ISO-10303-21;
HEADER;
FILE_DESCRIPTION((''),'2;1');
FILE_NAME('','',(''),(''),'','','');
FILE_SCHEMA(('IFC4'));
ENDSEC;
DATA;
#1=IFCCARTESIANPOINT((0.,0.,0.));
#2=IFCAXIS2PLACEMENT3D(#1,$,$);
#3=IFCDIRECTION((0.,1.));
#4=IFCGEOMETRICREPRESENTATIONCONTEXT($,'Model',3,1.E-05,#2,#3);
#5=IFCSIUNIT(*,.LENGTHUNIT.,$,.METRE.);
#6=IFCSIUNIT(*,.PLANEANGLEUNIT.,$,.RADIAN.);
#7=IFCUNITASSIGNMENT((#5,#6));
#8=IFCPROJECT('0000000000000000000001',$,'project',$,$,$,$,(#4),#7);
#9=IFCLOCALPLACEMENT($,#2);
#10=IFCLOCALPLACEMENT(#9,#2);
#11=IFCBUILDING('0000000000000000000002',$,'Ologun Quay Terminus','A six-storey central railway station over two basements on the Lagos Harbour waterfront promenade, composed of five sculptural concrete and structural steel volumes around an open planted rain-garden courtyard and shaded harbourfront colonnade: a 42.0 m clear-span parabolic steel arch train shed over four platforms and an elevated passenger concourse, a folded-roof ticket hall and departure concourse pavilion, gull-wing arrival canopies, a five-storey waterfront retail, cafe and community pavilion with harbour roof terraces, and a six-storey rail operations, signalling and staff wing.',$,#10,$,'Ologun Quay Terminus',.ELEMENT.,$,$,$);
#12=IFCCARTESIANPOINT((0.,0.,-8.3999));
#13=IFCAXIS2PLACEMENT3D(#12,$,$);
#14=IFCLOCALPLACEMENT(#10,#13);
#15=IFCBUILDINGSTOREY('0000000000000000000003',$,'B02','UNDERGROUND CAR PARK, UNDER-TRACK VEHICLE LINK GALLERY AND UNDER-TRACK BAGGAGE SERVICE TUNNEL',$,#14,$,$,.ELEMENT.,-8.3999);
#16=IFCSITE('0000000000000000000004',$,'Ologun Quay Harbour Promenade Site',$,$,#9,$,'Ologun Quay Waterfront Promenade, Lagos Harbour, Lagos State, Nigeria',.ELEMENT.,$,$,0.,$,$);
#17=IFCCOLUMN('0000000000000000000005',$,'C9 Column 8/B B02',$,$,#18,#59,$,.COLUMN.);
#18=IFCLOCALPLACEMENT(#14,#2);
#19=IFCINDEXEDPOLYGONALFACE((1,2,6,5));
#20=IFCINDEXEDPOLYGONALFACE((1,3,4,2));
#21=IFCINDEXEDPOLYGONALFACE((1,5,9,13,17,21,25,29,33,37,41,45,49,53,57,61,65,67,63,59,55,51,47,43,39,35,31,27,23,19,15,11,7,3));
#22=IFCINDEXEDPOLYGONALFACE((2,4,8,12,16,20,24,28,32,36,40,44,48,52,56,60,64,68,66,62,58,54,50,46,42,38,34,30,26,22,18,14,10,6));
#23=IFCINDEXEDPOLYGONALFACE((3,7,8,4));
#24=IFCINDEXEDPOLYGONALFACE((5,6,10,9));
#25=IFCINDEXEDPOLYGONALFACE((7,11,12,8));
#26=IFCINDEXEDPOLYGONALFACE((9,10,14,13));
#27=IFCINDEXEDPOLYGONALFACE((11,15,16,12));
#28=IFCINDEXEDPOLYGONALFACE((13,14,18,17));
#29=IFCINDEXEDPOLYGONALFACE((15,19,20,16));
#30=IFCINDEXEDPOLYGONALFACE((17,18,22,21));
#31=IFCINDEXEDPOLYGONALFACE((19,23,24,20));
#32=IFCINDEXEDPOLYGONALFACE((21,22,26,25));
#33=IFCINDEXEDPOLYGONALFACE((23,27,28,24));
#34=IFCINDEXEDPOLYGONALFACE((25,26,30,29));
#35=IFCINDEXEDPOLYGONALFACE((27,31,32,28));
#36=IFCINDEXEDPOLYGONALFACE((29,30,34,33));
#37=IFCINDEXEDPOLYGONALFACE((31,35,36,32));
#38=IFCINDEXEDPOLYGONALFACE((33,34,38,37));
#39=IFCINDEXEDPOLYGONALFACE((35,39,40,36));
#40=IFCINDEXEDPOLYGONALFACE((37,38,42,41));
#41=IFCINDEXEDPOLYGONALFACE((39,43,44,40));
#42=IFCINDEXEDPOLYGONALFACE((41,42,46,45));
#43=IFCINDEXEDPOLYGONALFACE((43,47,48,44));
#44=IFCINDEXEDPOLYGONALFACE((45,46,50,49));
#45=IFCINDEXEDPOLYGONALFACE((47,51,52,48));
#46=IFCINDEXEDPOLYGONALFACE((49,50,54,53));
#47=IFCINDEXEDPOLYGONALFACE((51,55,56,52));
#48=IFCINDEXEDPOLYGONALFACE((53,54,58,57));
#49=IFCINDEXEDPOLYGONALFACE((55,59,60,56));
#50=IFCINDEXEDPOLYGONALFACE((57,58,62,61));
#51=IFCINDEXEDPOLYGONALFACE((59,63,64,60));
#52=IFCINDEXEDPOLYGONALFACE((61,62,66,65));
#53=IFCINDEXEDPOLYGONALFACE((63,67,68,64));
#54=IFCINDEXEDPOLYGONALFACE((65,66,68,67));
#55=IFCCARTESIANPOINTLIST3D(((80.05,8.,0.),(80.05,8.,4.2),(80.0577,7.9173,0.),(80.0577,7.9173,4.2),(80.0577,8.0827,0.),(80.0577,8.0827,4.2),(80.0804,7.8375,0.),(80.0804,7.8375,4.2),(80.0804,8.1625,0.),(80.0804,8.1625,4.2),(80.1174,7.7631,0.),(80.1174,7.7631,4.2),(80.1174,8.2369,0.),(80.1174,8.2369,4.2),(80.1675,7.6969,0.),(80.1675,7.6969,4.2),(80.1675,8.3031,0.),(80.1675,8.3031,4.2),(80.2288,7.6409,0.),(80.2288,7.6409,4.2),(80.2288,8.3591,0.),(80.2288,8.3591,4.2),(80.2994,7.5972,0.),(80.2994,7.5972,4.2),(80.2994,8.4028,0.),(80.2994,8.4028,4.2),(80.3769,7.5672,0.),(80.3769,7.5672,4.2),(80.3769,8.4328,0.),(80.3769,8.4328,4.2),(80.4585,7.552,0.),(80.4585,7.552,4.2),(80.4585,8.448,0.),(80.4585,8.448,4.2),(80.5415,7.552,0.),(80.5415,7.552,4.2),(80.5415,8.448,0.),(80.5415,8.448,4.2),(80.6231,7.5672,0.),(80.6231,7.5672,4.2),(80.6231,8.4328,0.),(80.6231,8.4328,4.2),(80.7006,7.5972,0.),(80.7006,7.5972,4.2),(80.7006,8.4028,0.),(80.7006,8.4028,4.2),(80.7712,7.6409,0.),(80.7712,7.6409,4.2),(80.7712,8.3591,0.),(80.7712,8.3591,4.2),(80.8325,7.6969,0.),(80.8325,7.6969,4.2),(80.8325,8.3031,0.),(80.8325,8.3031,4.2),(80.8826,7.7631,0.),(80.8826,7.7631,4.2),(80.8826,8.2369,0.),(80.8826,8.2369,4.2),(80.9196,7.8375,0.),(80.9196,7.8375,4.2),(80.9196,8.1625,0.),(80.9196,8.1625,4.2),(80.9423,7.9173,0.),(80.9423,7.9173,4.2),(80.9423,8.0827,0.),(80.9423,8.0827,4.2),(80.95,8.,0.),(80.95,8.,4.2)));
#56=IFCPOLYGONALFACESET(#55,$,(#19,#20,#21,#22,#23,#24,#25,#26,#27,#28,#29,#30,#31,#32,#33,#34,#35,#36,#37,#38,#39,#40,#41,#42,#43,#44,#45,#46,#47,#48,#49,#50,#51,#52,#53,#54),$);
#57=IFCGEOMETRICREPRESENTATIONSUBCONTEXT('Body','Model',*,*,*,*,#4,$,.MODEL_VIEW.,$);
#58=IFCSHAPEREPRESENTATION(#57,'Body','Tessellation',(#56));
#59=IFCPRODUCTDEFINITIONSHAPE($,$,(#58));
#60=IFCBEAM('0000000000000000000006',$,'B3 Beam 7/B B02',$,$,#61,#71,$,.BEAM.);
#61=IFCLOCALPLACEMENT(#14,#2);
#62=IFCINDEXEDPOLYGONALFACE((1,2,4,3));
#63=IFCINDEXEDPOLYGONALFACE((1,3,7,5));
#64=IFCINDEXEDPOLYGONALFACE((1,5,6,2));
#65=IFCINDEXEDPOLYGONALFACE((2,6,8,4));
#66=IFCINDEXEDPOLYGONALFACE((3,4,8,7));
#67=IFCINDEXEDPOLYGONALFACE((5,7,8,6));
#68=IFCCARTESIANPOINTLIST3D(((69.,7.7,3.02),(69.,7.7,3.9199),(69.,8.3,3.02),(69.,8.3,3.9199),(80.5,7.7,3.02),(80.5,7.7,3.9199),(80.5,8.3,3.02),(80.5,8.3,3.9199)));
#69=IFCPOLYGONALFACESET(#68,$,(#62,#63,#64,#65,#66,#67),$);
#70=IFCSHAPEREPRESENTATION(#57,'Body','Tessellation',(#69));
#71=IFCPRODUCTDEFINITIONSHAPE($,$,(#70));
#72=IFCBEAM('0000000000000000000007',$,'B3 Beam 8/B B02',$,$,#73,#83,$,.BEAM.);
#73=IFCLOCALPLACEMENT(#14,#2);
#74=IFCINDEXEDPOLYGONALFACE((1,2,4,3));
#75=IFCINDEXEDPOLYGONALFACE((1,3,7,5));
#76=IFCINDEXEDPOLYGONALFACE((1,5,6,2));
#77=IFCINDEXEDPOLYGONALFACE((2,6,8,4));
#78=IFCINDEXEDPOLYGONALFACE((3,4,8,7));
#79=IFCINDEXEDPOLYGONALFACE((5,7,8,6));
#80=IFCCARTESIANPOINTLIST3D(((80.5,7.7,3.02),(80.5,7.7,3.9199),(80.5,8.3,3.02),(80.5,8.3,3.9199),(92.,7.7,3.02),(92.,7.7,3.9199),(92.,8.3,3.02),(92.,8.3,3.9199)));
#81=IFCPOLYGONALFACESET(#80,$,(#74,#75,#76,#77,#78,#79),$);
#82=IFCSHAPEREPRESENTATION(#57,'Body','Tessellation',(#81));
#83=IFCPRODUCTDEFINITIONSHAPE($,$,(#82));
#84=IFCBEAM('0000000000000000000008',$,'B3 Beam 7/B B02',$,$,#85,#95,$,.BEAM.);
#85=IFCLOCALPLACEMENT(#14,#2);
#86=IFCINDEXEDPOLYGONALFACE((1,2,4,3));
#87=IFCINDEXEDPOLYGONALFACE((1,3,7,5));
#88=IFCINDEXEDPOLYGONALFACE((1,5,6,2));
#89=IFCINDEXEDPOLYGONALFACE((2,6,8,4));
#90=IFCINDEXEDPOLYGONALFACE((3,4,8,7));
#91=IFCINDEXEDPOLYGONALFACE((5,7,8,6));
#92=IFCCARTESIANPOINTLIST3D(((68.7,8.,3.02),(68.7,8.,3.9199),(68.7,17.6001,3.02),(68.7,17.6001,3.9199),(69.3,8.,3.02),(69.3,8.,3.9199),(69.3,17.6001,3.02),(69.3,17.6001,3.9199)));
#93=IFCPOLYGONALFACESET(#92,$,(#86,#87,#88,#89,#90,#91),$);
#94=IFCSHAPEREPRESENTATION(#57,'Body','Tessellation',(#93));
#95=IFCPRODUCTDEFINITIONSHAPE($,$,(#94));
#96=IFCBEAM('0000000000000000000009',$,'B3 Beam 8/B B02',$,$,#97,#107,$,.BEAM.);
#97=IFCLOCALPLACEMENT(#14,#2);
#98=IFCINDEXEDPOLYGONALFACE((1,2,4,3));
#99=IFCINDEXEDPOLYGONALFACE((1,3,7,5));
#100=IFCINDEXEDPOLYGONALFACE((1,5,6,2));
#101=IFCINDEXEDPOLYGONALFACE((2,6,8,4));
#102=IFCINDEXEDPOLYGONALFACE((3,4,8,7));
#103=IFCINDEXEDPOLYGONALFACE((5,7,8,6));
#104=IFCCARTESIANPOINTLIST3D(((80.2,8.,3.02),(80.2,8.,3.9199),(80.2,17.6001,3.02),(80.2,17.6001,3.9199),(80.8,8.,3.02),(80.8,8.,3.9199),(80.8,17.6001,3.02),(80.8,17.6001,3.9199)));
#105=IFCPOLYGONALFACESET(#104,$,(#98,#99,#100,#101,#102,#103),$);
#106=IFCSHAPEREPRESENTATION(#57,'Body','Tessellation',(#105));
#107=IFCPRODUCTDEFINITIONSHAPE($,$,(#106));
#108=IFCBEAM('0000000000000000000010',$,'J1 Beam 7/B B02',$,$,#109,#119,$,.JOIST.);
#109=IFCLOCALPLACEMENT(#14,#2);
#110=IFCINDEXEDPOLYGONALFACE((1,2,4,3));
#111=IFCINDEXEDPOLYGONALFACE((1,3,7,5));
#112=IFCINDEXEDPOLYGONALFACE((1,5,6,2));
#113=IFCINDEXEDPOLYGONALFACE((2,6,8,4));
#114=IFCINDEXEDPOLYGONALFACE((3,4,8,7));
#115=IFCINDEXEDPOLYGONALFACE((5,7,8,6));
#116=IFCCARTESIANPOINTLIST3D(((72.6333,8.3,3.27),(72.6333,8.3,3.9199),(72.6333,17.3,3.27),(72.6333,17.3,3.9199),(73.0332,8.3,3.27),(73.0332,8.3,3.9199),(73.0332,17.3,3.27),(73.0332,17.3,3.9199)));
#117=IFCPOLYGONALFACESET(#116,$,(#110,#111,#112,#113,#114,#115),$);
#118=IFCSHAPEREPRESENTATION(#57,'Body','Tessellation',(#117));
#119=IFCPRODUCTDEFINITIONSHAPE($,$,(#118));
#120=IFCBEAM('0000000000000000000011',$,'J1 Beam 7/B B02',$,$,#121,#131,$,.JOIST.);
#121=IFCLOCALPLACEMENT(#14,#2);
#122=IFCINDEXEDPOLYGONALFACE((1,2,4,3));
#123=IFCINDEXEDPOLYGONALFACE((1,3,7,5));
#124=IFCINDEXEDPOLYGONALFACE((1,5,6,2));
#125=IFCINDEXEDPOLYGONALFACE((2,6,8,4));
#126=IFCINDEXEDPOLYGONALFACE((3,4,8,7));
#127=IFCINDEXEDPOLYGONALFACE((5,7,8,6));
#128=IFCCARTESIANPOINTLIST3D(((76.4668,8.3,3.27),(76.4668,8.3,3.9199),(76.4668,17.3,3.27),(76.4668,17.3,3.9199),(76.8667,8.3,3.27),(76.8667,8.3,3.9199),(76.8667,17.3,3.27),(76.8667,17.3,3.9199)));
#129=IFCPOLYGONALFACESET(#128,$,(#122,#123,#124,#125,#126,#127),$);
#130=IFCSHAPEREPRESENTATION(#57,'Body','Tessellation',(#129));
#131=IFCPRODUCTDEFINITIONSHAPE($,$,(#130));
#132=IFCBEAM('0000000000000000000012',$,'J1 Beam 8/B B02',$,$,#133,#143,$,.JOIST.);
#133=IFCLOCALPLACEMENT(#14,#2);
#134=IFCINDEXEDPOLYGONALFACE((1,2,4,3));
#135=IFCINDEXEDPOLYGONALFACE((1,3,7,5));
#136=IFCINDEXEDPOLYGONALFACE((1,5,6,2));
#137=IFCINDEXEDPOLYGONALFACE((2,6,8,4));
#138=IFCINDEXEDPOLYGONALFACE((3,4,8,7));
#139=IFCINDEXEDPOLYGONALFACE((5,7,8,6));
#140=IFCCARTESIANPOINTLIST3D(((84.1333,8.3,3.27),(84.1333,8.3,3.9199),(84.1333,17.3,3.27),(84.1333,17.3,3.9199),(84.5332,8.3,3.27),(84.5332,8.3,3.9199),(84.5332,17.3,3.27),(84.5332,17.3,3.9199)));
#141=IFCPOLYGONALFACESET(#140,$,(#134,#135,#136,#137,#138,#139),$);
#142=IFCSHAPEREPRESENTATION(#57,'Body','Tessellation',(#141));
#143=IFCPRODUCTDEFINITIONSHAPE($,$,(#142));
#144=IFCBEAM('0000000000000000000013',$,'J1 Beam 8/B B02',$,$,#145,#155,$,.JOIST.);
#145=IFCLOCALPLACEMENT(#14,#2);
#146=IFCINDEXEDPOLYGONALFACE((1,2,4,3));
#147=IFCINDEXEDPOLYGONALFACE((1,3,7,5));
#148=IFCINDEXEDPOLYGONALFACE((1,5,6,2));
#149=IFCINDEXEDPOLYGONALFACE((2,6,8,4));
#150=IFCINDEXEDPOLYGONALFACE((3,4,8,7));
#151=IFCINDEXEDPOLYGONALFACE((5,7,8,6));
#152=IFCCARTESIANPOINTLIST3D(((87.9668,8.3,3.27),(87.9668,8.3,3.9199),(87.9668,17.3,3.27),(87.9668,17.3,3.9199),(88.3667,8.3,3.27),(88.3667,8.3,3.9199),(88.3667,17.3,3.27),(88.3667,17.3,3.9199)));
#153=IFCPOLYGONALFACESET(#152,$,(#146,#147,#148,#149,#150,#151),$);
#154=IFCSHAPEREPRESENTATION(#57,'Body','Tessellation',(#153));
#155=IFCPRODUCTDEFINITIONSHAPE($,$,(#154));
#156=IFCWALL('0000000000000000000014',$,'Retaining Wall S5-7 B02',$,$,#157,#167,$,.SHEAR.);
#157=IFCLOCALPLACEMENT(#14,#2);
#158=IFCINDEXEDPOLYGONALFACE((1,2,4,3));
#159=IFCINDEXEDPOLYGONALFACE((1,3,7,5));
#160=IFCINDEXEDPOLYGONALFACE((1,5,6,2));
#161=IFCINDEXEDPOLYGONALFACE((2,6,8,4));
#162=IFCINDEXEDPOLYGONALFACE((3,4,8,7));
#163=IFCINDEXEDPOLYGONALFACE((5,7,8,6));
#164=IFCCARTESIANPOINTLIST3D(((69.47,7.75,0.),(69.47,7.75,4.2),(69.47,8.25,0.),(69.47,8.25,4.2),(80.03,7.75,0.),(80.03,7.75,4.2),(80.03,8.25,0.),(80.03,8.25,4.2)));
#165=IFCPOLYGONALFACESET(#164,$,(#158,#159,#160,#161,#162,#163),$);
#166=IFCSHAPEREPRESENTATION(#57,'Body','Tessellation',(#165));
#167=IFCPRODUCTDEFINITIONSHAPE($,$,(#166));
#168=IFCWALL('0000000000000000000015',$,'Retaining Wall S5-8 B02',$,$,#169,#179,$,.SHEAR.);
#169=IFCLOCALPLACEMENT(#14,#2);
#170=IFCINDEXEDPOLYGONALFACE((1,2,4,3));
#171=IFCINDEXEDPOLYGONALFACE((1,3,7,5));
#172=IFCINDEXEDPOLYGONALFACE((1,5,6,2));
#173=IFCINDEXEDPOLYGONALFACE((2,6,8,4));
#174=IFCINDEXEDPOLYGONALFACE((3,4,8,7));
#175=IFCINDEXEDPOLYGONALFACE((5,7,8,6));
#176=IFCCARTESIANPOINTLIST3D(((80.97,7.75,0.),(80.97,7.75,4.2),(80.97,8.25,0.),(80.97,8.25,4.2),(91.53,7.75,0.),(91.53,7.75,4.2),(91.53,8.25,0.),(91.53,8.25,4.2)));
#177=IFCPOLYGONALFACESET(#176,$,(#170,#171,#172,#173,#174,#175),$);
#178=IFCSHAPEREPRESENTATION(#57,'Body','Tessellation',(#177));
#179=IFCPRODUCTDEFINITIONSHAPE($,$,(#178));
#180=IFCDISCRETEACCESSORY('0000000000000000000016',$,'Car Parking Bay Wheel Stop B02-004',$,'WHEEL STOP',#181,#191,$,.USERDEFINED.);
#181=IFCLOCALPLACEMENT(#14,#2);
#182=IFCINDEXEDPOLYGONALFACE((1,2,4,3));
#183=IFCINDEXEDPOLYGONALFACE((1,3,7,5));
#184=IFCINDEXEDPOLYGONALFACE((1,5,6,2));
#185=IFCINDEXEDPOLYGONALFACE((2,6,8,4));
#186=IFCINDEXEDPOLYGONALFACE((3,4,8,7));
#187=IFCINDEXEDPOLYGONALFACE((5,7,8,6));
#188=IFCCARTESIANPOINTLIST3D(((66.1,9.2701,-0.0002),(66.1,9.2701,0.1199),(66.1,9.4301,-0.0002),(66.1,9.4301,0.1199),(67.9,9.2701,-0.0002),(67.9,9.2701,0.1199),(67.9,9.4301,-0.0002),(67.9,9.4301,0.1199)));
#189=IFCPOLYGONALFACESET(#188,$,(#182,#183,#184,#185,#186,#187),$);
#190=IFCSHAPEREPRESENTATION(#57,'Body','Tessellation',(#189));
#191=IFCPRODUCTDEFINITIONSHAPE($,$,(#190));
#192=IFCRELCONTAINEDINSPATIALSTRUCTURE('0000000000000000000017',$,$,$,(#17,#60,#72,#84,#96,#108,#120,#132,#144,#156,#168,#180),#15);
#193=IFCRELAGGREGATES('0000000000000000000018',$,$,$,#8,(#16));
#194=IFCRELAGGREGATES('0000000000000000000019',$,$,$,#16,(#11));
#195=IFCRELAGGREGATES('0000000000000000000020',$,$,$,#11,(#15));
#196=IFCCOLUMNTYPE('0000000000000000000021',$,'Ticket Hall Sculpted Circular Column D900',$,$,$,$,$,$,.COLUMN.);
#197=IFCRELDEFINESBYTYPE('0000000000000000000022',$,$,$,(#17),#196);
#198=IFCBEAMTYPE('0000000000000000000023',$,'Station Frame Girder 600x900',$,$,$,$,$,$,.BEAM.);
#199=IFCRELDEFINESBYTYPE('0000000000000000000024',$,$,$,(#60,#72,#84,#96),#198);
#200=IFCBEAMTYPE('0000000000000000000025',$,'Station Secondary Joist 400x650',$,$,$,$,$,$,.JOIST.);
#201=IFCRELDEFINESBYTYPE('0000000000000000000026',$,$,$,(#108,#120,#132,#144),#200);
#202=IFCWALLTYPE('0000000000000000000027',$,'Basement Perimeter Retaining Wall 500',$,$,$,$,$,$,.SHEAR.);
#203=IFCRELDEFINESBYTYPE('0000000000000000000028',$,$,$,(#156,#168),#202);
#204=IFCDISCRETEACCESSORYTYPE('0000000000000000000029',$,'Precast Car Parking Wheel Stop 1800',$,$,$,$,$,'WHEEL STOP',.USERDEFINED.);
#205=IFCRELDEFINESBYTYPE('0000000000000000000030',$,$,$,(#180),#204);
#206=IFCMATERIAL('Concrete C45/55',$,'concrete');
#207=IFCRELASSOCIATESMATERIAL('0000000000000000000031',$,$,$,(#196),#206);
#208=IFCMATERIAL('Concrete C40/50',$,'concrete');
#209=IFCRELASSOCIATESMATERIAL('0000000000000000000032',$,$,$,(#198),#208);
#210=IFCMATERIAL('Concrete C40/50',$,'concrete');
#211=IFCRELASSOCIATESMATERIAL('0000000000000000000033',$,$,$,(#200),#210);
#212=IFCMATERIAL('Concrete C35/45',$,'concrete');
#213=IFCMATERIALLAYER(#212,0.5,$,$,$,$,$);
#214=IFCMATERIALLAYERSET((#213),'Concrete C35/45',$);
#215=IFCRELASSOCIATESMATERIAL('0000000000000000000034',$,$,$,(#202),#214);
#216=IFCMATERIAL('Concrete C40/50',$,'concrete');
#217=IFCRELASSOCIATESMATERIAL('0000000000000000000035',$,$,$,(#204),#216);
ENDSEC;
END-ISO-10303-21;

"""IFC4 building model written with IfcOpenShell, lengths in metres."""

from ifc_helpers import new_model, si_unit, direction, frame, frame_2d, origin, origin_2d, place, context, subcontext, project, spatial, rectangle, circle, extrude, material, layer, layer_set, material_profile, profile_set, type_object, element, save


model = new_model("IFC4")

# Units and contexts
model_context = context("Model", 3, precision=1e-05, world=origin(), true_north=direction((0.0, 1.0)))
body_context = subcontext(model_context, "Body", "Model", "MODEL_VIEW")
ifc_project = project(units=[si_unit("LENGTHUNIT", "METRE"), si_unit("PLANEANGLEUNIT", "RADIAN")], contexts=[model_context])

# Site, building, storey
site_placement = place(None, origin())
site = spatial("IfcSite", under=ifc_project, at=site_placement, Name="Ologun Quay Harbour Promenade Site", LongName="Ologun Quay Waterfront Promenade, Lagos Harbour, Lagos State, Nigeria", CompositionType="ELEMENT", RefElevation=0.0)
building_placement = place(site_placement, origin())
building = spatial("IfcBuilding", under=site, at=building_placement, Name="Ologun Quay Terminus", Description="A six-storey central railway station over two basements on the Lagos Harbour waterfront promenade, composed of five sculptural concrete and structural steel volumes around an open planted rain-garden courtyard and shaded harbourfront colonnade: a 42.0 m clear-span parabolic steel arch train shed over four platforms and an elevated passenger concourse, a folded-roof ticket hall and departure concourse pavilion, gull-wing arrival canopies, a five-storey waterfront retail, cafe and community pavilion with harbour roof terraces, and a six-storey rail operations, signalling and staff wing.", LongName="Ologun Quay Terminus", CompositionType="ELEMENT")
storey_placement = place(building_placement, frame((0.0, 0.0, -8.3999)))
storey = spatial("IfcBuildingStorey", under=building, at=storey_placement, Name="B02", Description="UNDERGROUND CAR PARK, UNDER-TRACK VEHICLE LINK GALLERY AND UNDER-TRACK BAGGAGE SERVICE TUNNEL", CompositionType="ELEMENT", Elevation=-8.3999)

# Column
ifc_material_1 = material(Name="Concrete C45/55", Category="concrete")
ifc_material_profile_1 = material_profile(ifc_material_1, circle(Radius=0.45, at=origin_2d()), Name="RC D900")
ifc_profile_set_1 = profile_set([ifc_material_profile_1], Name="Concrete C45/55")
column_type_1 = type_object("IfcColumnType", Name="Ticket Hall Sculpted Circular Column D900", PredefinedType="COLUMN", material=ifc_profile_set_1)
for number, where, z_axis, x_axis, name in (
    (1, (80.5, 8.0, 0.0), (0.0, 0.0, 1.0), (1.0, 0.0, 0.0), "C9 Column 8/B B02"),
):
    element("IfcColumn", number, at=place(storey_placement, frame(where, z_axis=z_axis, x_axis=x_axis)), inside=storey, type_object=column_type_1, Name=name, PredefinedType="COLUMN", context=body_context, shape_type="SweptSolid", body=[
        extrude(circle(Radius=0.45, at=origin_2d()), origin(), (0.0, 0.0, 1.0), 4.2),
    ])

# Beams
ifc_material_2 = material(Name="Concrete C40/50", Category="concrete")
ifc_material_profile_2 = material_profile(ifc_material_2, rectangle(XDim=0.6001, YDim=0.8999, at=origin_2d()), Name="RC 600x900")
ifc_profile_set_2 = profile_set([ifc_material_profile_2], Name="Concrete C40/50")
beam_type_1 = type_object("IfcBeamType", Name="Station Frame Girder 600x900", PredefinedType="BEAM", material=ifc_profile_set_2)
for number, where, z_axis, x_axis, name in (
    (2, (69.0, 8.0, 3.47), (1.0, 0.0, 0.0), (0.0, 1.0, 0.0), "B3 Beam 7/B B02"),
    (3, (80.5, 8.0, 3.47), (1.0, 0.0, 0.0), (0.0, 1.0, 0.0), "B3 Beam 8/B B02"),
):
    element("IfcBeam", number, at=place(storey_placement, frame(where, z_axis=z_axis, x_axis=x_axis)), inside=storey, type_object=beam_type_1, Name=name, PredefinedType="BEAM", context=body_context, shape_type="SweptSolid", body=[
        extrude(rectangle(XDim=0.6001, YDim=0.8999, at=origin_2d()), origin(), (0.0, 0.0, 1.0), 11.5),
    ])
for number, where, z_axis, x_axis, name in (
    (4, (69.0, 8.0, 3.47), (0.0, 1.0, 0.0), (-1.0, 0.0, 0.0), "B3 Beam 7/B B02"),
    (5, (80.5, 8.0, 3.47), (0.0, 1.0, 0.0), (-1.0, 0.0, 0.0), "B3 Beam 8/B B02"),
):
    element("IfcBeam", number, at=place(storey_placement, frame(where, z_axis=z_axis, x_axis=x_axis)), inside=storey, type_object=beam_type_1, Name=name, PredefinedType="BEAM", context=body_context, shape_type="SweptSolid", body=[
        extrude(rectangle(XDim=0.6001, YDim=0.8999, at=origin_2d()), origin(), (0.0, 0.0, 1.0), 9.6001),
    ])
ifc_material_3 = material(Name="Concrete C40/50", Category="concrete")
ifc_material_profile_3 = material_profile(ifc_material_3, rectangle(XDim=0.3999, YDim=0.6499, at=origin_2d()), Name="RC 400x650")
ifc_profile_set_3 = profile_set([ifc_material_profile_3], Name="Concrete C40/50")
beam_type_2 = type_object("IfcBeamType", Name="Station Secondary Joist 400x650", PredefinedType="JOIST", material=ifc_profile_set_3)
for number, where, z_axis, x_axis, name in (
    (6, (72.8333, 8.3, 3.595), (0.0, 1.0, 0.0), (-1.0, 0.0, 0.0), "J1 Beam 7/B B02"),
    (7, (76.6667, 8.3, 3.595), (0.0, 1.0, 0.0), (-1.0, 0.0, 0.0), "J1 Beam 7/B B02"),
    (8, (84.3333, 8.3, 3.595), (0.0, 1.0, 0.0), (-1.0, 0.0, 0.0), "J1 Beam 8/B B02"),
    (9, (88.1667, 8.3, 3.595), (0.0, 1.0, 0.0), (-1.0, 0.0, 0.0), "J1 Beam 8/B B02"),
):
    element("IfcBeam", number, at=place(storey_placement, frame(where, z_axis=z_axis, x_axis=x_axis)), inside=storey, type_object=beam_type_2, Name=name, PredefinedType="JOIST", context=body_context, shape_type="SweptSolid", body=[
        extrude(rectangle(XDim=0.3999, YDim=0.6499, at=origin_2d()), origin(), (0.0, 0.0, 1.0), 9.0),
    ])

# Walls
ifc_material_4 = material(Name="Concrete C35/45", Category="concrete")
ifc_layer = layer(ifc_material_4, 0.5)
ifc_layer_set = layer_set([ifc_layer], Name="Concrete C35/45")
wall_type = type_object("IfcWallType", Name="Basement Perimeter Retaining Wall 500", PredefinedType="SHEAR", material=ifc_layer_set)
for number, where, z_axis, x_axis, name in (
    (10, (69.47, 8.0, 0.0), (0.0, 0.0, 1.0), (1.0, 0.0, 0.0), "Retaining Wall S5-7 B02"),
    (11, (80.97, 8.0, 0.0), (0.0, 0.0, 1.0), (1.0, 0.0, 0.0), "Retaining Wall S5-8 B02"),
):
    element("IfcWall", number, at=place(storey_placement, frame(where, z_axis=z_axis, x_axis=x_axis)), inside=storey, type_object=wall_type, Name=name, PredefinedType="SHEAR", context=body_context, shape_type="SweptSolid", body=[
        extrude(rectangle(XDim=10.5601, YDim=0.5, at=frame_2d((5.28, 0.0))), origin(), (0.0, 0.0, 1.0), 4.2),
    ])

# Discrete accessory
ifc_material_5 = material(Name="Concrete C40/50", Category="concrete")
discrete_accessory_type = type_object("IfcDiscreteAccessoryType", Name="Precast Car Parking Wheel Stop 1800", ElementType="WHEEL STOP", PredefinedType="USERDEFINED", material=ifc_material_5)
discrete_accessory_placement = place(storey_placement, frame((67.0, 9.3501, -0.0002), z_axis=(0.0, 0.0, 1.0), x_axis=(1.0, 0.0, 0.0)))
element("IfcDiscreteAccessory", 12, at=discrete_accessory_placement, inside=storey, type_object=discrete_accessory_type, Name="Car Parking Bay Wheel Stop B02-004", ObjectType="WHEEL STOP", PredefinedType="USERDEFINED", context=body_context, shape_type="SweptSolid", body=[
    extrude(rectangle(XDim=1.8, YDim=0.1599, at=origin_2d()), origin(), (0.0, 0.0, 1.0), 0.1201),
])

save(model, "model.ifc")
